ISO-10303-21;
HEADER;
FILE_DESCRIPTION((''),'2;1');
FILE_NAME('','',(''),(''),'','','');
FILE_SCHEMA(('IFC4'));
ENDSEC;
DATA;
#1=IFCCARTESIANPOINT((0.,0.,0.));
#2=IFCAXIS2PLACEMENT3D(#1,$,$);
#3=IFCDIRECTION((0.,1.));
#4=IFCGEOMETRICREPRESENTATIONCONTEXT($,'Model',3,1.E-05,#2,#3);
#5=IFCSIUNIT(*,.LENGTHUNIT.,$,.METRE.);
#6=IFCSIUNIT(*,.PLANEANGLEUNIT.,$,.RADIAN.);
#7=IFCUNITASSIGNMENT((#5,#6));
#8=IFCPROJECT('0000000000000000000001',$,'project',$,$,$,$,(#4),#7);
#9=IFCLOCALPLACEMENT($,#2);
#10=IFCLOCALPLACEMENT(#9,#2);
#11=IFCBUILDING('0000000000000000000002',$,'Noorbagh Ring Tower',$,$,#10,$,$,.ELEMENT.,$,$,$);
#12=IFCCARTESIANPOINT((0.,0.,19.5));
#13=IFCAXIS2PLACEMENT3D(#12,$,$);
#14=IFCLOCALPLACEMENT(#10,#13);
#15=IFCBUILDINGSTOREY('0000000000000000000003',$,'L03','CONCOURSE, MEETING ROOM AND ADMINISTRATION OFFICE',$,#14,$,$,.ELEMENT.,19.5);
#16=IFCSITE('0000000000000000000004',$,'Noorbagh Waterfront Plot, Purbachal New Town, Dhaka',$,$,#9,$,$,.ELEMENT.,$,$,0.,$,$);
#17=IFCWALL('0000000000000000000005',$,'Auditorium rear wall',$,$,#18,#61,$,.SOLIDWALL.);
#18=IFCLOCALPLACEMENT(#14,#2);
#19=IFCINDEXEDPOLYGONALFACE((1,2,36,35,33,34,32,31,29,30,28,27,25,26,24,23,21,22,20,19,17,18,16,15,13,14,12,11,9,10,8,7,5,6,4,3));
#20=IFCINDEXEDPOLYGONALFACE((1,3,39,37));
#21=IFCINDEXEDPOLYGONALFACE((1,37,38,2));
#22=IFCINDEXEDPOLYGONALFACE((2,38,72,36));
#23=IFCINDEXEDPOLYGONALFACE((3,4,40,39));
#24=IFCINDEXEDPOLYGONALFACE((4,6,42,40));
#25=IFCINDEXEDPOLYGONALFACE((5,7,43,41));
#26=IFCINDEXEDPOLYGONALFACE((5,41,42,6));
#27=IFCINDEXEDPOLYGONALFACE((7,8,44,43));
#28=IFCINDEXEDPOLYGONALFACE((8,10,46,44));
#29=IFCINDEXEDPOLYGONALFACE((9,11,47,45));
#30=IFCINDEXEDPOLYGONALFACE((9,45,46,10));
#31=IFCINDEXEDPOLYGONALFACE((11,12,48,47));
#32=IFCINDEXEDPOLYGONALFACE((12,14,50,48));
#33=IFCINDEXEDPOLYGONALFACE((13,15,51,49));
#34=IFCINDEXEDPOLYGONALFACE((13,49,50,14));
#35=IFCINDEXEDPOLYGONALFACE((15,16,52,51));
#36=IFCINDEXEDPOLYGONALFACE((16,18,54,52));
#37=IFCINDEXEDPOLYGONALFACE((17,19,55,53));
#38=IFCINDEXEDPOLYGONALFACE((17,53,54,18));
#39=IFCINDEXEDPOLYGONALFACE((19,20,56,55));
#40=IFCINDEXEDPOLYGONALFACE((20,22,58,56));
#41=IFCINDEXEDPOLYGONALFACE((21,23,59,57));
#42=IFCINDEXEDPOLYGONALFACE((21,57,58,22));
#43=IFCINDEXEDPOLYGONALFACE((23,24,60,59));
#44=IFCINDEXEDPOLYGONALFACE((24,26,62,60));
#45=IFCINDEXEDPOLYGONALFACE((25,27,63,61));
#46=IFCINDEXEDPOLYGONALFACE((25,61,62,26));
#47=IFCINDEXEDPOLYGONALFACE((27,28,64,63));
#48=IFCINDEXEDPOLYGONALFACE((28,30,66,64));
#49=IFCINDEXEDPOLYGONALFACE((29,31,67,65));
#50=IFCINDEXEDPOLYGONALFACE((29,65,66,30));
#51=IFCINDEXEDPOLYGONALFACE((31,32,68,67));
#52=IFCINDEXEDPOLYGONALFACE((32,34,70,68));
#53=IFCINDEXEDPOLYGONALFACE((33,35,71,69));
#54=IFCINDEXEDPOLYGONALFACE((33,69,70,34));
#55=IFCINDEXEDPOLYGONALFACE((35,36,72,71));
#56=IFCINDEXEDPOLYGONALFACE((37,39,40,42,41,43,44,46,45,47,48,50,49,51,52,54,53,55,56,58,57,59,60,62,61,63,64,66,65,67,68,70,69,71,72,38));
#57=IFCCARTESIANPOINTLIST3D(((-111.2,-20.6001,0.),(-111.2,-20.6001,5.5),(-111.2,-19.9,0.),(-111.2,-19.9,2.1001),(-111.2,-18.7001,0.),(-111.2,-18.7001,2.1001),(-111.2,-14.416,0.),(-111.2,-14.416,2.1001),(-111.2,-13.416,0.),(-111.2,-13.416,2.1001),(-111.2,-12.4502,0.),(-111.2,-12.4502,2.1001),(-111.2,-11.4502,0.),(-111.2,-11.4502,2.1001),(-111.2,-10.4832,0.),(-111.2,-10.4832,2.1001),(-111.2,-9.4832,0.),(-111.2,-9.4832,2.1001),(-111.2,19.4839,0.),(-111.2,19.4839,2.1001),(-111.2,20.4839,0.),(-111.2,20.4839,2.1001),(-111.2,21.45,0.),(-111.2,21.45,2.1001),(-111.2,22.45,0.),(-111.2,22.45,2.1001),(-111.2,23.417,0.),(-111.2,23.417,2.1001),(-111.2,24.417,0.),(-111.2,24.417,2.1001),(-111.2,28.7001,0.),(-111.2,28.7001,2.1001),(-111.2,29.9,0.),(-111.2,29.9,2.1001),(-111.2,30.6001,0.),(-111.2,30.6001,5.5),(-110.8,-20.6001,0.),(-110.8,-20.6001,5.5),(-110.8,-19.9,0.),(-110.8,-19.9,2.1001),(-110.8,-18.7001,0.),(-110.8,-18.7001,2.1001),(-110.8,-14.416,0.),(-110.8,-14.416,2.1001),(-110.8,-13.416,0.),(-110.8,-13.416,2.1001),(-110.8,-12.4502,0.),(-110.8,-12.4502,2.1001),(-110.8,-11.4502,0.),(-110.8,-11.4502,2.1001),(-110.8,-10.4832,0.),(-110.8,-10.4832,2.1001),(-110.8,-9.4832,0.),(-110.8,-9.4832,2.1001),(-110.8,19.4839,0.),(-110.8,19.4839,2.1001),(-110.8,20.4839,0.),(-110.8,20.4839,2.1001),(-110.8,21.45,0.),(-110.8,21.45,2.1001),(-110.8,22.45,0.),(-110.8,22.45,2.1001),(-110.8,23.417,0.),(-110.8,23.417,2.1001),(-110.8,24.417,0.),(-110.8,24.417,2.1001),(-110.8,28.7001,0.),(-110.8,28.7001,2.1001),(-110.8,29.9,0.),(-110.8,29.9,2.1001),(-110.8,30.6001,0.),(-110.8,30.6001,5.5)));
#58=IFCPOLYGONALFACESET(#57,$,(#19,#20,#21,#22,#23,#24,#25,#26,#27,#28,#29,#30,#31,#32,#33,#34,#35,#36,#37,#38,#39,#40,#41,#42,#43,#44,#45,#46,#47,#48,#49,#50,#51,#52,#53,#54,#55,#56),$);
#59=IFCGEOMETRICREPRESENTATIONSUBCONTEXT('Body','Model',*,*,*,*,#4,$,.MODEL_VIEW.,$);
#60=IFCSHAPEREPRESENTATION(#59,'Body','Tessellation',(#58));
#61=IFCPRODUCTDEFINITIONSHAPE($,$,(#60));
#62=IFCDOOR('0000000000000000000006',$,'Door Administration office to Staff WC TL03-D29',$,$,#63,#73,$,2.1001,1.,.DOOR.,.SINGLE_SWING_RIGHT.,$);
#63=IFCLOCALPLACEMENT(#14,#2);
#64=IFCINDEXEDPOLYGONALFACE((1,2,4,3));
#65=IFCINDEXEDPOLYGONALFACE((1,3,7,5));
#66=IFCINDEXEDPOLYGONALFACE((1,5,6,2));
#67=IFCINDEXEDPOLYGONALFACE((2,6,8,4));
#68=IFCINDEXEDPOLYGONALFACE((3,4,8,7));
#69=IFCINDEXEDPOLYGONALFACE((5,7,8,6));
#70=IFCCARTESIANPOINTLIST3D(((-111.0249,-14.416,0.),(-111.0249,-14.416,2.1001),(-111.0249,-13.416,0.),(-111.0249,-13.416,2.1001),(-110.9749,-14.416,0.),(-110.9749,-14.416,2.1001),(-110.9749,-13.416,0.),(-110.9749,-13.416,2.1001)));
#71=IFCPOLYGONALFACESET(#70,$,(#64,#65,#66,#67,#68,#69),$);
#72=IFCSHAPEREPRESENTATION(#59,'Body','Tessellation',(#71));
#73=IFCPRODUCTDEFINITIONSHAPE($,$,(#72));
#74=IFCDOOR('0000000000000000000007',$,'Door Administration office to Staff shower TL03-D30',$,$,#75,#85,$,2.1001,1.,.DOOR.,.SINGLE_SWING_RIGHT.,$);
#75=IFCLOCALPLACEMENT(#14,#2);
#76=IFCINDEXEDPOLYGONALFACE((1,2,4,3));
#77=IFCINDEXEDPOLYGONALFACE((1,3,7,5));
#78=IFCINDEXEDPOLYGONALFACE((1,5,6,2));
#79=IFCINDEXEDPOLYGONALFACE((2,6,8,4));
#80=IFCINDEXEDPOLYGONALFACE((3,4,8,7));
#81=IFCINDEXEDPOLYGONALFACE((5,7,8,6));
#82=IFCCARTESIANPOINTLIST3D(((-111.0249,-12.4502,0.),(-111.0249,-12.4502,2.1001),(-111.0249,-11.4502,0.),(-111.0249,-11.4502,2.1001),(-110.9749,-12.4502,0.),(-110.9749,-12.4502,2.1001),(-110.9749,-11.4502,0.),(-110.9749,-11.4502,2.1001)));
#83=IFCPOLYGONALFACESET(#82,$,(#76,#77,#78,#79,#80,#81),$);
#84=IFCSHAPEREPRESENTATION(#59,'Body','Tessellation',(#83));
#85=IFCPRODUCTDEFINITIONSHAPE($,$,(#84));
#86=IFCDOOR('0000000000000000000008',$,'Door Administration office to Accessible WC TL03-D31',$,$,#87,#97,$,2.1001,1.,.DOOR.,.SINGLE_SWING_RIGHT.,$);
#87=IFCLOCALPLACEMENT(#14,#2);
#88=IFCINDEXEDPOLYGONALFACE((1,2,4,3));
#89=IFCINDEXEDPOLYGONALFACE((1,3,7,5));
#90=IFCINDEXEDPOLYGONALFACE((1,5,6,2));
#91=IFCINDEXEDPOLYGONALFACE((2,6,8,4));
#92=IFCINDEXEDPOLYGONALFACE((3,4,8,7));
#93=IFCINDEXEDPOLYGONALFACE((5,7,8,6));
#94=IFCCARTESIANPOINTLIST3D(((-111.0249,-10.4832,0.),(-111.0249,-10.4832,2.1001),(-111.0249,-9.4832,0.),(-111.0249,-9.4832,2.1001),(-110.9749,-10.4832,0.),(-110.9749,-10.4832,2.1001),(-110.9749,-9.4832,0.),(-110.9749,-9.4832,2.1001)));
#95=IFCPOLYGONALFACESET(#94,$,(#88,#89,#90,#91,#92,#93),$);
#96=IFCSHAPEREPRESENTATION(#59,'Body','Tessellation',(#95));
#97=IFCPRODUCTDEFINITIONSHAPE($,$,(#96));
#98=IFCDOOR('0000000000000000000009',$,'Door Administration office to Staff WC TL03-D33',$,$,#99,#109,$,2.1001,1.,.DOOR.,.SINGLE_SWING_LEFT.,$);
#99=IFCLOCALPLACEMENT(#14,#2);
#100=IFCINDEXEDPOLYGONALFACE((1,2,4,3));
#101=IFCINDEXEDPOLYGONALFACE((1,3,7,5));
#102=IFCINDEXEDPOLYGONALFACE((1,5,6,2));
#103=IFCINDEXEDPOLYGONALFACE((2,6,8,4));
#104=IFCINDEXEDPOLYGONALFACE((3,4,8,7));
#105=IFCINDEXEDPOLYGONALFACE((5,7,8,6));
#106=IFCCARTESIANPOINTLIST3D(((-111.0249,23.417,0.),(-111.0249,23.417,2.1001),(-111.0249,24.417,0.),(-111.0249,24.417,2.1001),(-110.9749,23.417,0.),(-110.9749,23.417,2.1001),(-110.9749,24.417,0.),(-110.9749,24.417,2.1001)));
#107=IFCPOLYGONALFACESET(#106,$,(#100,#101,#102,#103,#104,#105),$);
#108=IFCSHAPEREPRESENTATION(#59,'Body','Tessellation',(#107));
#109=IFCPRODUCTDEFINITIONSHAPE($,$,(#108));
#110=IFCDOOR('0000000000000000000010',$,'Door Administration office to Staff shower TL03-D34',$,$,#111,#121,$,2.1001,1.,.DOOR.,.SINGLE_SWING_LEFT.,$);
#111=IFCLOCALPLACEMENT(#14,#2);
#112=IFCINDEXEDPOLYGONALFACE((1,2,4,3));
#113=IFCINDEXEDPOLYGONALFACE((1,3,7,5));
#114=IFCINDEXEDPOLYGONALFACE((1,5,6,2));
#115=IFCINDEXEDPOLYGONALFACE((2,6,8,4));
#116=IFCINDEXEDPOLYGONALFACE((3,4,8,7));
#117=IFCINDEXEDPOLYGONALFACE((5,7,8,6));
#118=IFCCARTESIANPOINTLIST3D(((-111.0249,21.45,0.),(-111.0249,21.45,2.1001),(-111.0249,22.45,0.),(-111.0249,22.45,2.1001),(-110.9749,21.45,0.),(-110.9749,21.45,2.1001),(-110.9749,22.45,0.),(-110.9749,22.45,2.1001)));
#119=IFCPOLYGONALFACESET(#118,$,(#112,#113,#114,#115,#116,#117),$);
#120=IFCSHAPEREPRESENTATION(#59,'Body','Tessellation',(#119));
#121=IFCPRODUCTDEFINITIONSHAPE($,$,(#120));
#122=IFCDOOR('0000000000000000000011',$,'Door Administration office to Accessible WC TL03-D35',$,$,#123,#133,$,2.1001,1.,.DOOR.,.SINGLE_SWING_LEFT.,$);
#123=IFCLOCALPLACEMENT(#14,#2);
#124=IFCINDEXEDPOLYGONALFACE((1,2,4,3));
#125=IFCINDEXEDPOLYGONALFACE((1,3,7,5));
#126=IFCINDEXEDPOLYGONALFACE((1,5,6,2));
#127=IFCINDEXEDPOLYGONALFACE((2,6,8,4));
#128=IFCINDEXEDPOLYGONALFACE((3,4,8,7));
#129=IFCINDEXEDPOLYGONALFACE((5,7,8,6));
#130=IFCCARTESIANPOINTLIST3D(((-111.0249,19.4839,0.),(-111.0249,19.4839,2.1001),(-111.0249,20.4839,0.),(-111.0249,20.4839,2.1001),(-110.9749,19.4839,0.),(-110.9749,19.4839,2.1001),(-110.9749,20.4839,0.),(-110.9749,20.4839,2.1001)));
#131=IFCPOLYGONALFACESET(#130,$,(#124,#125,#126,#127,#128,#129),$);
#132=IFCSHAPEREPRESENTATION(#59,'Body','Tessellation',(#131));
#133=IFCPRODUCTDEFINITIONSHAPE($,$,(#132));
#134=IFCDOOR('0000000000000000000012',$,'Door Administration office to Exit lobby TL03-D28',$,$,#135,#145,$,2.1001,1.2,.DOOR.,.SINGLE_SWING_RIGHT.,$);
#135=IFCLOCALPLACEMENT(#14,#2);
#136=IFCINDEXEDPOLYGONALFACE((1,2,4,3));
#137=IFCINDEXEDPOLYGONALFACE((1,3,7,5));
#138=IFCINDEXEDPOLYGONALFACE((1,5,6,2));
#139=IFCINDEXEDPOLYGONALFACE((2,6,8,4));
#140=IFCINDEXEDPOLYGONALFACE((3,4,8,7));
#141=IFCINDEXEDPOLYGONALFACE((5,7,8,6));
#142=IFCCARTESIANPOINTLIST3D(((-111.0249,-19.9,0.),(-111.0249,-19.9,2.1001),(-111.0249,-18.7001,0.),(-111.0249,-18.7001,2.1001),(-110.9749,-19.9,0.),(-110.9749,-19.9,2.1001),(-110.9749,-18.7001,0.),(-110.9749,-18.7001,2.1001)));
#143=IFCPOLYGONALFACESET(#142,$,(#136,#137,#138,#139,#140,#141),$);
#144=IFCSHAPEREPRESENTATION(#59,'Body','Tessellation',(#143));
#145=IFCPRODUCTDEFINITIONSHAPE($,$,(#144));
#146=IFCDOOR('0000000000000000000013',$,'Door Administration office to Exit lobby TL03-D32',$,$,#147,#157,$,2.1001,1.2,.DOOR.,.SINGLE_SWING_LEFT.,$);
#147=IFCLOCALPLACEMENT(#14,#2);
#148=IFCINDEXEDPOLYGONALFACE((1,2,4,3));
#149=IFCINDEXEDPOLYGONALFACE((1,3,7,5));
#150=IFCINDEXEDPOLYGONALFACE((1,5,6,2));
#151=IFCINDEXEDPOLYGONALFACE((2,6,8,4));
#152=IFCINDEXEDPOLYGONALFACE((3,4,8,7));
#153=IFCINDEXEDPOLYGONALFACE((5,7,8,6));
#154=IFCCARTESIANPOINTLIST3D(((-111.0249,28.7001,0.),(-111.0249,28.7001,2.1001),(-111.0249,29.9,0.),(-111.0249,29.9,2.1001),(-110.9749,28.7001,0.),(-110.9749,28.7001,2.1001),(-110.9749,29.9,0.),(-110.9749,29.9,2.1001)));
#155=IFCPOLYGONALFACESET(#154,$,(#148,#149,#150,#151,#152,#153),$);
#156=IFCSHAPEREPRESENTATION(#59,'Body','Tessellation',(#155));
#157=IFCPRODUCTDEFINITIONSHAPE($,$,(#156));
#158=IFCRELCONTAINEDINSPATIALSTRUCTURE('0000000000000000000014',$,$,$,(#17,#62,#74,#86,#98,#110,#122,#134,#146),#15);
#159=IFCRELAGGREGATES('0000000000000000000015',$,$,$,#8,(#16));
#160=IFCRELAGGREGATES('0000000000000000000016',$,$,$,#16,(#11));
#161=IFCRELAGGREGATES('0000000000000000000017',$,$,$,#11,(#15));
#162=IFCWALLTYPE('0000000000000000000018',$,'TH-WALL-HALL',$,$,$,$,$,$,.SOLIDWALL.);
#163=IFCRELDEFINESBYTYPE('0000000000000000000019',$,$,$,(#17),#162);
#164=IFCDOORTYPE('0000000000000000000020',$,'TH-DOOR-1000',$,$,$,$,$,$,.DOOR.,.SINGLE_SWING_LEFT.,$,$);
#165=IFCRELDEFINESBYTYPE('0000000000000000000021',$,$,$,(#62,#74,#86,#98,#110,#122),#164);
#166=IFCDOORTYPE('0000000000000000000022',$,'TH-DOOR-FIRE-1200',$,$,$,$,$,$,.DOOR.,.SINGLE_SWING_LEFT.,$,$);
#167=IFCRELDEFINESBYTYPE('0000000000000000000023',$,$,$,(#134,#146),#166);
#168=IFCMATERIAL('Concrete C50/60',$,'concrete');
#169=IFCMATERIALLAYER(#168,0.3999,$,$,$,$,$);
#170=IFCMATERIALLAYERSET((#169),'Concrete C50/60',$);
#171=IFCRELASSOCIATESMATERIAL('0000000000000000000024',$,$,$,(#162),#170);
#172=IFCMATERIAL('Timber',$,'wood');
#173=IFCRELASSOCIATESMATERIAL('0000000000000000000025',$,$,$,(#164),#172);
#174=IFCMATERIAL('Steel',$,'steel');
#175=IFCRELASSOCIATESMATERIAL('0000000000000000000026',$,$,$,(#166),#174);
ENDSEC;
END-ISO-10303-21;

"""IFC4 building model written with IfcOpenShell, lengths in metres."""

from ifc_helpers import new_model, si_unit, direction, frame, frame_2d, origin, place, context, subcontext, project, spatial, rectangle, extrude, material, layer, layer_set, type_object, element, fill, save


model = new_model("IFC4")

# Units and contexts
model_context = context("Model", 3, precision=1e-05, world=origin(), true_north=direction((0.0, 1.0)))
body_context = subcontext(model_context, "Body", "Model", "MODEL_VIEW")
ifc_project = project(units=[si_unit("LENGTHUNIT", "METRE"), si_unit("PLANEANGLEUNIT", "RADIAN")], contexts=[model_context])

# Site, building, storey
site_placement = place(None, origin())
site = spatial("IfcSite", under=ifc_project, at=site_placement, Name="Noorbagh Waterfront Plot, Purbachal New Town, Dhaka", CompositionType="ELEMENT", RefElevation=0.0)
building_placement = place(site_placement, origin())
building = spatial("IfcBuilding", under=site, at=building_placement, Name="Noorbagh Ring Tower", CompositionType="ELEMENT")
storey_placement = place(building_placement, frame((0.0, 0.0, 19.5)))
storey = spatial("IfcBuildingStorey", under=building, at=storey_placement, Name="L03", Description="CONCOURSE, MEETING ROOM AND ADMINISTRATION OFFICE", CompositionType="ELEMENT", Elevation=19.5)

# Wall, openings, doors
ifc_material_1 = material(Name="Concrete C50/60", Category="concrete")
ifc_layer_1 = layer(ifc_material_1, 0.3999)
ifc_layer_set_1 = layer_set([ifc_layer_1], Name="Concrete C50/60")
wall_type_1 = type_object("IfcWallType", Name="TH-WALL-HALL", PredefinedType="SOLIDWALL", material=ifc_layer_set_1)
wall_1_placement = place(storey_placement, frame((-111.0, -20.6001, 0.0), z_axis=(0.0, 0.0, 1.0), x_axis=(0.0, 1.0, 0.0)))
wall_1 = element("IfcWall", 1, at=wall_1_placement, inside=storey, type_object=wall_type_1, Name="Auditorium rear wall", PredefinedType="SOLIDWALL", context=body_context, shape_type="SweptSolid", body=[
    extrude(rectangle(XDim=51.2002, YDim=0.3999, at=frame_2d((25.6001, 0.0))), origin(), (0.0, 0.0, 1.0), 5.5),
])
opening_1_placement = place(wall_1_placement, frame((0.7, 0.0, 0.0)))
opening_1 = element("IfcOpeningElement", 2, at=opening_1_placement, cuts=wall_1, PredefinedType="OPENING", context=body_context, shape_type="SweptSolid", body=[
    extrude(rectangle(XDim=1.2, YDim=2.1001, at=frame_2d((0.6001, 1.05))), frame((0.0, 0.21, 0.0), z_axis=(0.0, -1.0, 0.0), x_axis=(1.0, 0.0, 0.0)), (0.0, 0.0, 1.0), 0.4199),
])
opening_2_placement = place(wall_1_placement, frame((6.1841, 0.0, 0.0)))
opening_2 = element("IfcOpeningElement", 3, at=opening_2_placement, cuts=wall_1, PredefinedType="OPENING", context=body_context, shape_type="SweptSolid", body=[
    extrude(rectangle(XDim=1.0, YDim=2.1001, at=frame_2d((0.5, 1.05))), frame((0.0, 0.21, 0.0), z_axis=(0.0, -1.0, 0.0), x_axis=(1.0, 0.0, 0.0)), (0.0, 0.0, 1.0), 0.4199),
])
opening_3_placement = place(wall_1_placement, frame((8.1499, 0.0, 0.0)))
opening_3 = element("IfcOpeningElement", 4, at=opening_3_placement, cuts=wall_1, PredefinedType="OPENING", context=body_context, shape_type="SweptSolid", body=[
    extrude(rectangle(XDim=1.0, YDim=2.1001, at=frame_2d((0.5, 1.05))), frame((0.0, 0.21, 0.0), z_axis=(0.0, -1.0, 0.0), x_axis=(1.0, 0.0, 0.0)), (0.0, 0.0, 1.0), 0.4199),
])
opening_4_placement = place(wall_1_placement, frame((10.1169, 0.0, 0.0)))
opening_4 = element("IfcOpeningElement", 5, at=opening_4_placement, cuts=wall_1, PredefinedType="OPENING", context=body_context, shape_type="SweptSolid", body=[
    extrude(rectangle(XDim=1.0, YDim=2.1001, at=frame_2d((0.5, 1.05))), frame((0.0, 0.21, 0.0), z_axis=(0.0, -1.0, 0.0), x_axis=(1.0, 0.0, 0.0)), (0.0, 0.0, 1.0), 0.4199),
])
opening_5_placement = place(wall_1_placement, frame((49.3, 0.0, 0.0)))
opening_5 = element("IfcOpeningElement", 6, at=opening_5_placement, cuts=wall_1, PredefinedType="OPENING", context=body_context, shape_type="SweptSolid", body=[
    extrude(rectangle(XDim=1.2, YDim=2.1001, at=frame_2d((0.6001, 1.05))), frame((0.0, 0.21, 0.0), z_axis=(0.0, -1.0, 0.0), x_axis=(1.0, 0.0, 0.0)), (0.0, 0.0, 1.0), 0.4199),
])
opening_6_placement = place(wall_1_placement, frame((44.0171, 0.0, 0.0)))
opening_6 = element("IfcOpeningElement", 7, at=opening_6_placement, cuts=wall_1, PredefinedType="OPENING", context=body_context, shape_type="SweptSolid", body=[
    extrude(rectangle(XDim=1.0, YDim=2.1001, at=frame_2d((0.5, 1.05))), frame((0.0, 0.21, 0.0), z_axis=(0.0, -1.0, 0.0), x_axis=(1.0, 0.0, 0.0)), (0.0, 0.0, 1.0), 0.4199),
])
opening_7_placement = place(wall_1_placement, frame((42.05, 0.0, 0.0)))
opening_7 = element("IfcOpeningElement", 8, at=opening_7_placement, cuts=wall_1, PredefinedType="OPENING", context=body_context, shape_type="SweptSolid", body=[
    extrude(rectangle(XDim=1.0, YDim=2.1001, at=frame_2d((0.5, 1.05))), frame((0.0, 0.21, 0.0), z_axis=(0.0, -1.0, 0.0), x_axis=(1.0, 0.0, 0.0)), (0.0, 0.0, 1.0), 0.4199),
])
opening_8_placement = place(wall_1_placement, frame((40.084, 0.0, 0.0)))
opening_8 = element("IfcOpeningElement", 9, at=opening_8_placement, cuts=wall_1, PredefinedType="OPENING", context=body_context, shape_type="SweptSolid", body=[
    extrude(rectangle(XDim=1.0, YDim=2.1001, at=frame_2d((0.5, 1.05))), frame((0.0, 0.21, 0.0), z_axis=(0.0, -1.0, 0.0), x_axis=(1.0, 0.0, 0.0)), (0.0, 0.0, 1.0), 0.4199),
])
ifc_material_2 = material(Name="Timber", Category="wood")
door_type_1 = type_object("IfcDoorType", Name="TH-DOOR-1000", OperationType="SINGLE_SWING_LEFT", PredefinedType="DOOR", material=ifc_material_2)
door_1_placement = place(opening_2_placement, origin())
door_1 = element("IfcDoor", 10, at=door_1_placement, inside=storey, type_object=door_type_1, Name="Door Administration office to Staff WC TL03-D29", OperationType="SINGLE_SWING_RIGHT", OverallHeight=2.1001, OverallWidth=1.0, PredefinedType="DOOR", context=body_context, shape_type="SweptSolid", body=[
    extrude(rectangle(XDim=1.0, YDim=2.1001, at=frame_2d((0.5, 1.05))), frame((0.0, 0.0249, 0.0), z_axis=(0.0, -1.0, 0.0), x_axis=(1.0, 0.0, 0.0)), (0.0, 0.0, 1.0), 0.05),
])
fill(opening_2, door_1)
door_2_placement = place(opening_3_placement, origin())
door_2 = element("IfcDoor", 11, at=door_2_placement, inside=storey, type_object=door_type_1, Name="Door Administration office to Staff shower TL03-D30", OperationType="SINGLE_SWING_RIGHT", OverallHeight=2.1001, OverallWidth=1.0, PredefinedType="DOOR", context=body_context, shape_type="SweptSolid", body=[
    extrude(rectangle(XDim=1.0, YDim=2.1001, at=frame_2d((0.5, 1.05))), frame((0.0, 0.0249, 0.0), z_axis=(0.0, -1.0, 0.0), x_axis=(1.0, 0.0, 0.0)), (0.0, 0.0, 1.0), 0.05),
])
fill(opening_3, door_2)
door_3_placement = place(opening_4_placement, origin())
door_3 = element("IfcDoor", 12, at=door_3_placement, inside=storey, type_object=door_type_1, Name="Door Administration office to Accessible WC TL03-D31", OperationType="SINGLE_SWING_RIGHT", OverallHeight=2.1001, OverallWidth=1.0, PredefinedType="DOOR", context=body_context, shape_type="SweptSolid", body=[
    extrude(rectangle(XDim=1.0, YDim=2.1001, at=frame_2d((0.5, 1.05))), frame((0.0, 0.0249, 0.0), z_axis=(0.0, -1.0, 0.0), x_axis=(1.0, 0.0, 0.0)), (0.0, 0.0, 1.0), 0.05),
])
fill(opening_4, door_3)
door_4_placement = place(opening_6_placement, origin())
door_4 = element("IfcDoor", 13, at=door_4_placement, inside=storey, type_object=door_type_1, Name="Door Administration office to Staff WC TL03-D33", OperationType="SINGLE_SWING_LEFT", OverallHeight=2.1001, OverallWidth=1.0, PredefinedType="DOOR", context=body_context, shape_type="SweptSolid", body=[
    extrude(rectangle(XDim=1.0, YDim=2.1001, at=frame_2d((0.5, 1.05))), frame((0.0, 0.0249, 0.0), z_axis=(0.0, -1.0, 0.0), x_axis=(1.0, 0.0, 0.0)), (0.0, 0.0, 1.0), 0.05),
])
fill(opening_6, door_4)
door_5_placement = place(opening_7_placement, origin())
door_5 = element("IfcDoor", 14, at=door_5_placement, inside=storey, type_object=door_type_1, Name="Door Administration office to Staff shower TL03-D34", OperationType="SINGLE_SWING_LEFT", OverallHeight=2.1001, OverallWidth=1.0, PredefinedType="DOOR", context=body_context, shape_type="SweptSolid", body=[
    extrude(rectangle(XDim=1.0, YDim=2.1001, at=frame_2d((0.5, 1.05))), frame((0.0, 0.0249, 0.0), z_axis=(0.0, -1.0, 0.0), x_axis=(1.0, 0.0, 0.0)), (0.0, 0.0, 1.0), 0.05),
])
fill(opening_7, door_5)
door_6_placement = place(opening_8_placement, origin())
door_6 = element("IfcDoor", 15, at=door_6_placement, inside=storey, type_object=door_type_1, Name="Door Administration office to Accessible WC TL03-D35", OperationType="SINGLE_SWING_LEFT", OverallHeight=2.1001, OverallWidth=1.0, PredefinedType="DOOR", context=body_context, shape_type="SweptSolid", body=[
    extrude(rectangle(XDim=1.0, YDim=2.1001, at=frame_2d((0.5, 1.05))), frame((0.0, 0.0249, 0.0), z_axis=(0.0, -1.0, 0.0), x_axis=(1.0, 0.0, 0.0)), (0.0, 0.0, 1.0), 0.05),
])
fill(opening_8, door_6)
ifc_material_3 = material(Name="Steel", Category="steel")
door_type_2 = type_object("IfcDoorType", Name="TH-DOOR-FIRE-1200", OperationType="SINGLE_SWING_LEFT", PredefinedType="DOOR", material=ifc_material_3)
door_7_placement = place(opening_1_placement, origin())
door_7 = element("IfcDoor", 16, at=door_7_placement, inside=storey, type_object=door_type_2, Name="Door Administration office to Exit lobby TL03-D28", OperationType="SINGLE_SWING_RIGHT", OverallHeight=2.1001, OverallWidth=1.2, PredefinedType="DOOR", context=body_context, shape_type="SweptSolid", body=[
    extrude(rectangle(XDim=1.2, YDim=2.1001, at=frame_2d((0.6001, 1.05))), frame((0.0, 0.0249, 0.0), z_axis=(0.0, -1.0, 0.0), x_axis=(1.0, 0.0, 0.0)), (0.0, 0.0, 1.0), 0.05),
])
fill(opening_1, door_7)
door_8_placement = place(opening_5_placement, origin())
door_8 = element("IfcDoor", 17, at=door_8_placement, inside=storey, type_object=door_type_2, Name="Door Administration office to Exit lobby TL03-D32", OperationType="SINGLE_SWING_LEFT", OverallHeight=2.1001, OverallWidth=1.2, PredefinedType="DOOR", context=body_context, shape_type="SweptSolid", body=[
    extrude(rectangle(XDim=1.2, YDim=2.1001, at=frame_2d((0.6001, 1.05))), frame((0.0, 0.0249, 0.0), z_axis=(0.0, -1.0, 0.0), x_axis=(1.0, 0.0, 0.0)), (0.0, 0.0, 1.0), 0.05),
])
fill(opening_5, door_8)

save(model, "model.ifc")
